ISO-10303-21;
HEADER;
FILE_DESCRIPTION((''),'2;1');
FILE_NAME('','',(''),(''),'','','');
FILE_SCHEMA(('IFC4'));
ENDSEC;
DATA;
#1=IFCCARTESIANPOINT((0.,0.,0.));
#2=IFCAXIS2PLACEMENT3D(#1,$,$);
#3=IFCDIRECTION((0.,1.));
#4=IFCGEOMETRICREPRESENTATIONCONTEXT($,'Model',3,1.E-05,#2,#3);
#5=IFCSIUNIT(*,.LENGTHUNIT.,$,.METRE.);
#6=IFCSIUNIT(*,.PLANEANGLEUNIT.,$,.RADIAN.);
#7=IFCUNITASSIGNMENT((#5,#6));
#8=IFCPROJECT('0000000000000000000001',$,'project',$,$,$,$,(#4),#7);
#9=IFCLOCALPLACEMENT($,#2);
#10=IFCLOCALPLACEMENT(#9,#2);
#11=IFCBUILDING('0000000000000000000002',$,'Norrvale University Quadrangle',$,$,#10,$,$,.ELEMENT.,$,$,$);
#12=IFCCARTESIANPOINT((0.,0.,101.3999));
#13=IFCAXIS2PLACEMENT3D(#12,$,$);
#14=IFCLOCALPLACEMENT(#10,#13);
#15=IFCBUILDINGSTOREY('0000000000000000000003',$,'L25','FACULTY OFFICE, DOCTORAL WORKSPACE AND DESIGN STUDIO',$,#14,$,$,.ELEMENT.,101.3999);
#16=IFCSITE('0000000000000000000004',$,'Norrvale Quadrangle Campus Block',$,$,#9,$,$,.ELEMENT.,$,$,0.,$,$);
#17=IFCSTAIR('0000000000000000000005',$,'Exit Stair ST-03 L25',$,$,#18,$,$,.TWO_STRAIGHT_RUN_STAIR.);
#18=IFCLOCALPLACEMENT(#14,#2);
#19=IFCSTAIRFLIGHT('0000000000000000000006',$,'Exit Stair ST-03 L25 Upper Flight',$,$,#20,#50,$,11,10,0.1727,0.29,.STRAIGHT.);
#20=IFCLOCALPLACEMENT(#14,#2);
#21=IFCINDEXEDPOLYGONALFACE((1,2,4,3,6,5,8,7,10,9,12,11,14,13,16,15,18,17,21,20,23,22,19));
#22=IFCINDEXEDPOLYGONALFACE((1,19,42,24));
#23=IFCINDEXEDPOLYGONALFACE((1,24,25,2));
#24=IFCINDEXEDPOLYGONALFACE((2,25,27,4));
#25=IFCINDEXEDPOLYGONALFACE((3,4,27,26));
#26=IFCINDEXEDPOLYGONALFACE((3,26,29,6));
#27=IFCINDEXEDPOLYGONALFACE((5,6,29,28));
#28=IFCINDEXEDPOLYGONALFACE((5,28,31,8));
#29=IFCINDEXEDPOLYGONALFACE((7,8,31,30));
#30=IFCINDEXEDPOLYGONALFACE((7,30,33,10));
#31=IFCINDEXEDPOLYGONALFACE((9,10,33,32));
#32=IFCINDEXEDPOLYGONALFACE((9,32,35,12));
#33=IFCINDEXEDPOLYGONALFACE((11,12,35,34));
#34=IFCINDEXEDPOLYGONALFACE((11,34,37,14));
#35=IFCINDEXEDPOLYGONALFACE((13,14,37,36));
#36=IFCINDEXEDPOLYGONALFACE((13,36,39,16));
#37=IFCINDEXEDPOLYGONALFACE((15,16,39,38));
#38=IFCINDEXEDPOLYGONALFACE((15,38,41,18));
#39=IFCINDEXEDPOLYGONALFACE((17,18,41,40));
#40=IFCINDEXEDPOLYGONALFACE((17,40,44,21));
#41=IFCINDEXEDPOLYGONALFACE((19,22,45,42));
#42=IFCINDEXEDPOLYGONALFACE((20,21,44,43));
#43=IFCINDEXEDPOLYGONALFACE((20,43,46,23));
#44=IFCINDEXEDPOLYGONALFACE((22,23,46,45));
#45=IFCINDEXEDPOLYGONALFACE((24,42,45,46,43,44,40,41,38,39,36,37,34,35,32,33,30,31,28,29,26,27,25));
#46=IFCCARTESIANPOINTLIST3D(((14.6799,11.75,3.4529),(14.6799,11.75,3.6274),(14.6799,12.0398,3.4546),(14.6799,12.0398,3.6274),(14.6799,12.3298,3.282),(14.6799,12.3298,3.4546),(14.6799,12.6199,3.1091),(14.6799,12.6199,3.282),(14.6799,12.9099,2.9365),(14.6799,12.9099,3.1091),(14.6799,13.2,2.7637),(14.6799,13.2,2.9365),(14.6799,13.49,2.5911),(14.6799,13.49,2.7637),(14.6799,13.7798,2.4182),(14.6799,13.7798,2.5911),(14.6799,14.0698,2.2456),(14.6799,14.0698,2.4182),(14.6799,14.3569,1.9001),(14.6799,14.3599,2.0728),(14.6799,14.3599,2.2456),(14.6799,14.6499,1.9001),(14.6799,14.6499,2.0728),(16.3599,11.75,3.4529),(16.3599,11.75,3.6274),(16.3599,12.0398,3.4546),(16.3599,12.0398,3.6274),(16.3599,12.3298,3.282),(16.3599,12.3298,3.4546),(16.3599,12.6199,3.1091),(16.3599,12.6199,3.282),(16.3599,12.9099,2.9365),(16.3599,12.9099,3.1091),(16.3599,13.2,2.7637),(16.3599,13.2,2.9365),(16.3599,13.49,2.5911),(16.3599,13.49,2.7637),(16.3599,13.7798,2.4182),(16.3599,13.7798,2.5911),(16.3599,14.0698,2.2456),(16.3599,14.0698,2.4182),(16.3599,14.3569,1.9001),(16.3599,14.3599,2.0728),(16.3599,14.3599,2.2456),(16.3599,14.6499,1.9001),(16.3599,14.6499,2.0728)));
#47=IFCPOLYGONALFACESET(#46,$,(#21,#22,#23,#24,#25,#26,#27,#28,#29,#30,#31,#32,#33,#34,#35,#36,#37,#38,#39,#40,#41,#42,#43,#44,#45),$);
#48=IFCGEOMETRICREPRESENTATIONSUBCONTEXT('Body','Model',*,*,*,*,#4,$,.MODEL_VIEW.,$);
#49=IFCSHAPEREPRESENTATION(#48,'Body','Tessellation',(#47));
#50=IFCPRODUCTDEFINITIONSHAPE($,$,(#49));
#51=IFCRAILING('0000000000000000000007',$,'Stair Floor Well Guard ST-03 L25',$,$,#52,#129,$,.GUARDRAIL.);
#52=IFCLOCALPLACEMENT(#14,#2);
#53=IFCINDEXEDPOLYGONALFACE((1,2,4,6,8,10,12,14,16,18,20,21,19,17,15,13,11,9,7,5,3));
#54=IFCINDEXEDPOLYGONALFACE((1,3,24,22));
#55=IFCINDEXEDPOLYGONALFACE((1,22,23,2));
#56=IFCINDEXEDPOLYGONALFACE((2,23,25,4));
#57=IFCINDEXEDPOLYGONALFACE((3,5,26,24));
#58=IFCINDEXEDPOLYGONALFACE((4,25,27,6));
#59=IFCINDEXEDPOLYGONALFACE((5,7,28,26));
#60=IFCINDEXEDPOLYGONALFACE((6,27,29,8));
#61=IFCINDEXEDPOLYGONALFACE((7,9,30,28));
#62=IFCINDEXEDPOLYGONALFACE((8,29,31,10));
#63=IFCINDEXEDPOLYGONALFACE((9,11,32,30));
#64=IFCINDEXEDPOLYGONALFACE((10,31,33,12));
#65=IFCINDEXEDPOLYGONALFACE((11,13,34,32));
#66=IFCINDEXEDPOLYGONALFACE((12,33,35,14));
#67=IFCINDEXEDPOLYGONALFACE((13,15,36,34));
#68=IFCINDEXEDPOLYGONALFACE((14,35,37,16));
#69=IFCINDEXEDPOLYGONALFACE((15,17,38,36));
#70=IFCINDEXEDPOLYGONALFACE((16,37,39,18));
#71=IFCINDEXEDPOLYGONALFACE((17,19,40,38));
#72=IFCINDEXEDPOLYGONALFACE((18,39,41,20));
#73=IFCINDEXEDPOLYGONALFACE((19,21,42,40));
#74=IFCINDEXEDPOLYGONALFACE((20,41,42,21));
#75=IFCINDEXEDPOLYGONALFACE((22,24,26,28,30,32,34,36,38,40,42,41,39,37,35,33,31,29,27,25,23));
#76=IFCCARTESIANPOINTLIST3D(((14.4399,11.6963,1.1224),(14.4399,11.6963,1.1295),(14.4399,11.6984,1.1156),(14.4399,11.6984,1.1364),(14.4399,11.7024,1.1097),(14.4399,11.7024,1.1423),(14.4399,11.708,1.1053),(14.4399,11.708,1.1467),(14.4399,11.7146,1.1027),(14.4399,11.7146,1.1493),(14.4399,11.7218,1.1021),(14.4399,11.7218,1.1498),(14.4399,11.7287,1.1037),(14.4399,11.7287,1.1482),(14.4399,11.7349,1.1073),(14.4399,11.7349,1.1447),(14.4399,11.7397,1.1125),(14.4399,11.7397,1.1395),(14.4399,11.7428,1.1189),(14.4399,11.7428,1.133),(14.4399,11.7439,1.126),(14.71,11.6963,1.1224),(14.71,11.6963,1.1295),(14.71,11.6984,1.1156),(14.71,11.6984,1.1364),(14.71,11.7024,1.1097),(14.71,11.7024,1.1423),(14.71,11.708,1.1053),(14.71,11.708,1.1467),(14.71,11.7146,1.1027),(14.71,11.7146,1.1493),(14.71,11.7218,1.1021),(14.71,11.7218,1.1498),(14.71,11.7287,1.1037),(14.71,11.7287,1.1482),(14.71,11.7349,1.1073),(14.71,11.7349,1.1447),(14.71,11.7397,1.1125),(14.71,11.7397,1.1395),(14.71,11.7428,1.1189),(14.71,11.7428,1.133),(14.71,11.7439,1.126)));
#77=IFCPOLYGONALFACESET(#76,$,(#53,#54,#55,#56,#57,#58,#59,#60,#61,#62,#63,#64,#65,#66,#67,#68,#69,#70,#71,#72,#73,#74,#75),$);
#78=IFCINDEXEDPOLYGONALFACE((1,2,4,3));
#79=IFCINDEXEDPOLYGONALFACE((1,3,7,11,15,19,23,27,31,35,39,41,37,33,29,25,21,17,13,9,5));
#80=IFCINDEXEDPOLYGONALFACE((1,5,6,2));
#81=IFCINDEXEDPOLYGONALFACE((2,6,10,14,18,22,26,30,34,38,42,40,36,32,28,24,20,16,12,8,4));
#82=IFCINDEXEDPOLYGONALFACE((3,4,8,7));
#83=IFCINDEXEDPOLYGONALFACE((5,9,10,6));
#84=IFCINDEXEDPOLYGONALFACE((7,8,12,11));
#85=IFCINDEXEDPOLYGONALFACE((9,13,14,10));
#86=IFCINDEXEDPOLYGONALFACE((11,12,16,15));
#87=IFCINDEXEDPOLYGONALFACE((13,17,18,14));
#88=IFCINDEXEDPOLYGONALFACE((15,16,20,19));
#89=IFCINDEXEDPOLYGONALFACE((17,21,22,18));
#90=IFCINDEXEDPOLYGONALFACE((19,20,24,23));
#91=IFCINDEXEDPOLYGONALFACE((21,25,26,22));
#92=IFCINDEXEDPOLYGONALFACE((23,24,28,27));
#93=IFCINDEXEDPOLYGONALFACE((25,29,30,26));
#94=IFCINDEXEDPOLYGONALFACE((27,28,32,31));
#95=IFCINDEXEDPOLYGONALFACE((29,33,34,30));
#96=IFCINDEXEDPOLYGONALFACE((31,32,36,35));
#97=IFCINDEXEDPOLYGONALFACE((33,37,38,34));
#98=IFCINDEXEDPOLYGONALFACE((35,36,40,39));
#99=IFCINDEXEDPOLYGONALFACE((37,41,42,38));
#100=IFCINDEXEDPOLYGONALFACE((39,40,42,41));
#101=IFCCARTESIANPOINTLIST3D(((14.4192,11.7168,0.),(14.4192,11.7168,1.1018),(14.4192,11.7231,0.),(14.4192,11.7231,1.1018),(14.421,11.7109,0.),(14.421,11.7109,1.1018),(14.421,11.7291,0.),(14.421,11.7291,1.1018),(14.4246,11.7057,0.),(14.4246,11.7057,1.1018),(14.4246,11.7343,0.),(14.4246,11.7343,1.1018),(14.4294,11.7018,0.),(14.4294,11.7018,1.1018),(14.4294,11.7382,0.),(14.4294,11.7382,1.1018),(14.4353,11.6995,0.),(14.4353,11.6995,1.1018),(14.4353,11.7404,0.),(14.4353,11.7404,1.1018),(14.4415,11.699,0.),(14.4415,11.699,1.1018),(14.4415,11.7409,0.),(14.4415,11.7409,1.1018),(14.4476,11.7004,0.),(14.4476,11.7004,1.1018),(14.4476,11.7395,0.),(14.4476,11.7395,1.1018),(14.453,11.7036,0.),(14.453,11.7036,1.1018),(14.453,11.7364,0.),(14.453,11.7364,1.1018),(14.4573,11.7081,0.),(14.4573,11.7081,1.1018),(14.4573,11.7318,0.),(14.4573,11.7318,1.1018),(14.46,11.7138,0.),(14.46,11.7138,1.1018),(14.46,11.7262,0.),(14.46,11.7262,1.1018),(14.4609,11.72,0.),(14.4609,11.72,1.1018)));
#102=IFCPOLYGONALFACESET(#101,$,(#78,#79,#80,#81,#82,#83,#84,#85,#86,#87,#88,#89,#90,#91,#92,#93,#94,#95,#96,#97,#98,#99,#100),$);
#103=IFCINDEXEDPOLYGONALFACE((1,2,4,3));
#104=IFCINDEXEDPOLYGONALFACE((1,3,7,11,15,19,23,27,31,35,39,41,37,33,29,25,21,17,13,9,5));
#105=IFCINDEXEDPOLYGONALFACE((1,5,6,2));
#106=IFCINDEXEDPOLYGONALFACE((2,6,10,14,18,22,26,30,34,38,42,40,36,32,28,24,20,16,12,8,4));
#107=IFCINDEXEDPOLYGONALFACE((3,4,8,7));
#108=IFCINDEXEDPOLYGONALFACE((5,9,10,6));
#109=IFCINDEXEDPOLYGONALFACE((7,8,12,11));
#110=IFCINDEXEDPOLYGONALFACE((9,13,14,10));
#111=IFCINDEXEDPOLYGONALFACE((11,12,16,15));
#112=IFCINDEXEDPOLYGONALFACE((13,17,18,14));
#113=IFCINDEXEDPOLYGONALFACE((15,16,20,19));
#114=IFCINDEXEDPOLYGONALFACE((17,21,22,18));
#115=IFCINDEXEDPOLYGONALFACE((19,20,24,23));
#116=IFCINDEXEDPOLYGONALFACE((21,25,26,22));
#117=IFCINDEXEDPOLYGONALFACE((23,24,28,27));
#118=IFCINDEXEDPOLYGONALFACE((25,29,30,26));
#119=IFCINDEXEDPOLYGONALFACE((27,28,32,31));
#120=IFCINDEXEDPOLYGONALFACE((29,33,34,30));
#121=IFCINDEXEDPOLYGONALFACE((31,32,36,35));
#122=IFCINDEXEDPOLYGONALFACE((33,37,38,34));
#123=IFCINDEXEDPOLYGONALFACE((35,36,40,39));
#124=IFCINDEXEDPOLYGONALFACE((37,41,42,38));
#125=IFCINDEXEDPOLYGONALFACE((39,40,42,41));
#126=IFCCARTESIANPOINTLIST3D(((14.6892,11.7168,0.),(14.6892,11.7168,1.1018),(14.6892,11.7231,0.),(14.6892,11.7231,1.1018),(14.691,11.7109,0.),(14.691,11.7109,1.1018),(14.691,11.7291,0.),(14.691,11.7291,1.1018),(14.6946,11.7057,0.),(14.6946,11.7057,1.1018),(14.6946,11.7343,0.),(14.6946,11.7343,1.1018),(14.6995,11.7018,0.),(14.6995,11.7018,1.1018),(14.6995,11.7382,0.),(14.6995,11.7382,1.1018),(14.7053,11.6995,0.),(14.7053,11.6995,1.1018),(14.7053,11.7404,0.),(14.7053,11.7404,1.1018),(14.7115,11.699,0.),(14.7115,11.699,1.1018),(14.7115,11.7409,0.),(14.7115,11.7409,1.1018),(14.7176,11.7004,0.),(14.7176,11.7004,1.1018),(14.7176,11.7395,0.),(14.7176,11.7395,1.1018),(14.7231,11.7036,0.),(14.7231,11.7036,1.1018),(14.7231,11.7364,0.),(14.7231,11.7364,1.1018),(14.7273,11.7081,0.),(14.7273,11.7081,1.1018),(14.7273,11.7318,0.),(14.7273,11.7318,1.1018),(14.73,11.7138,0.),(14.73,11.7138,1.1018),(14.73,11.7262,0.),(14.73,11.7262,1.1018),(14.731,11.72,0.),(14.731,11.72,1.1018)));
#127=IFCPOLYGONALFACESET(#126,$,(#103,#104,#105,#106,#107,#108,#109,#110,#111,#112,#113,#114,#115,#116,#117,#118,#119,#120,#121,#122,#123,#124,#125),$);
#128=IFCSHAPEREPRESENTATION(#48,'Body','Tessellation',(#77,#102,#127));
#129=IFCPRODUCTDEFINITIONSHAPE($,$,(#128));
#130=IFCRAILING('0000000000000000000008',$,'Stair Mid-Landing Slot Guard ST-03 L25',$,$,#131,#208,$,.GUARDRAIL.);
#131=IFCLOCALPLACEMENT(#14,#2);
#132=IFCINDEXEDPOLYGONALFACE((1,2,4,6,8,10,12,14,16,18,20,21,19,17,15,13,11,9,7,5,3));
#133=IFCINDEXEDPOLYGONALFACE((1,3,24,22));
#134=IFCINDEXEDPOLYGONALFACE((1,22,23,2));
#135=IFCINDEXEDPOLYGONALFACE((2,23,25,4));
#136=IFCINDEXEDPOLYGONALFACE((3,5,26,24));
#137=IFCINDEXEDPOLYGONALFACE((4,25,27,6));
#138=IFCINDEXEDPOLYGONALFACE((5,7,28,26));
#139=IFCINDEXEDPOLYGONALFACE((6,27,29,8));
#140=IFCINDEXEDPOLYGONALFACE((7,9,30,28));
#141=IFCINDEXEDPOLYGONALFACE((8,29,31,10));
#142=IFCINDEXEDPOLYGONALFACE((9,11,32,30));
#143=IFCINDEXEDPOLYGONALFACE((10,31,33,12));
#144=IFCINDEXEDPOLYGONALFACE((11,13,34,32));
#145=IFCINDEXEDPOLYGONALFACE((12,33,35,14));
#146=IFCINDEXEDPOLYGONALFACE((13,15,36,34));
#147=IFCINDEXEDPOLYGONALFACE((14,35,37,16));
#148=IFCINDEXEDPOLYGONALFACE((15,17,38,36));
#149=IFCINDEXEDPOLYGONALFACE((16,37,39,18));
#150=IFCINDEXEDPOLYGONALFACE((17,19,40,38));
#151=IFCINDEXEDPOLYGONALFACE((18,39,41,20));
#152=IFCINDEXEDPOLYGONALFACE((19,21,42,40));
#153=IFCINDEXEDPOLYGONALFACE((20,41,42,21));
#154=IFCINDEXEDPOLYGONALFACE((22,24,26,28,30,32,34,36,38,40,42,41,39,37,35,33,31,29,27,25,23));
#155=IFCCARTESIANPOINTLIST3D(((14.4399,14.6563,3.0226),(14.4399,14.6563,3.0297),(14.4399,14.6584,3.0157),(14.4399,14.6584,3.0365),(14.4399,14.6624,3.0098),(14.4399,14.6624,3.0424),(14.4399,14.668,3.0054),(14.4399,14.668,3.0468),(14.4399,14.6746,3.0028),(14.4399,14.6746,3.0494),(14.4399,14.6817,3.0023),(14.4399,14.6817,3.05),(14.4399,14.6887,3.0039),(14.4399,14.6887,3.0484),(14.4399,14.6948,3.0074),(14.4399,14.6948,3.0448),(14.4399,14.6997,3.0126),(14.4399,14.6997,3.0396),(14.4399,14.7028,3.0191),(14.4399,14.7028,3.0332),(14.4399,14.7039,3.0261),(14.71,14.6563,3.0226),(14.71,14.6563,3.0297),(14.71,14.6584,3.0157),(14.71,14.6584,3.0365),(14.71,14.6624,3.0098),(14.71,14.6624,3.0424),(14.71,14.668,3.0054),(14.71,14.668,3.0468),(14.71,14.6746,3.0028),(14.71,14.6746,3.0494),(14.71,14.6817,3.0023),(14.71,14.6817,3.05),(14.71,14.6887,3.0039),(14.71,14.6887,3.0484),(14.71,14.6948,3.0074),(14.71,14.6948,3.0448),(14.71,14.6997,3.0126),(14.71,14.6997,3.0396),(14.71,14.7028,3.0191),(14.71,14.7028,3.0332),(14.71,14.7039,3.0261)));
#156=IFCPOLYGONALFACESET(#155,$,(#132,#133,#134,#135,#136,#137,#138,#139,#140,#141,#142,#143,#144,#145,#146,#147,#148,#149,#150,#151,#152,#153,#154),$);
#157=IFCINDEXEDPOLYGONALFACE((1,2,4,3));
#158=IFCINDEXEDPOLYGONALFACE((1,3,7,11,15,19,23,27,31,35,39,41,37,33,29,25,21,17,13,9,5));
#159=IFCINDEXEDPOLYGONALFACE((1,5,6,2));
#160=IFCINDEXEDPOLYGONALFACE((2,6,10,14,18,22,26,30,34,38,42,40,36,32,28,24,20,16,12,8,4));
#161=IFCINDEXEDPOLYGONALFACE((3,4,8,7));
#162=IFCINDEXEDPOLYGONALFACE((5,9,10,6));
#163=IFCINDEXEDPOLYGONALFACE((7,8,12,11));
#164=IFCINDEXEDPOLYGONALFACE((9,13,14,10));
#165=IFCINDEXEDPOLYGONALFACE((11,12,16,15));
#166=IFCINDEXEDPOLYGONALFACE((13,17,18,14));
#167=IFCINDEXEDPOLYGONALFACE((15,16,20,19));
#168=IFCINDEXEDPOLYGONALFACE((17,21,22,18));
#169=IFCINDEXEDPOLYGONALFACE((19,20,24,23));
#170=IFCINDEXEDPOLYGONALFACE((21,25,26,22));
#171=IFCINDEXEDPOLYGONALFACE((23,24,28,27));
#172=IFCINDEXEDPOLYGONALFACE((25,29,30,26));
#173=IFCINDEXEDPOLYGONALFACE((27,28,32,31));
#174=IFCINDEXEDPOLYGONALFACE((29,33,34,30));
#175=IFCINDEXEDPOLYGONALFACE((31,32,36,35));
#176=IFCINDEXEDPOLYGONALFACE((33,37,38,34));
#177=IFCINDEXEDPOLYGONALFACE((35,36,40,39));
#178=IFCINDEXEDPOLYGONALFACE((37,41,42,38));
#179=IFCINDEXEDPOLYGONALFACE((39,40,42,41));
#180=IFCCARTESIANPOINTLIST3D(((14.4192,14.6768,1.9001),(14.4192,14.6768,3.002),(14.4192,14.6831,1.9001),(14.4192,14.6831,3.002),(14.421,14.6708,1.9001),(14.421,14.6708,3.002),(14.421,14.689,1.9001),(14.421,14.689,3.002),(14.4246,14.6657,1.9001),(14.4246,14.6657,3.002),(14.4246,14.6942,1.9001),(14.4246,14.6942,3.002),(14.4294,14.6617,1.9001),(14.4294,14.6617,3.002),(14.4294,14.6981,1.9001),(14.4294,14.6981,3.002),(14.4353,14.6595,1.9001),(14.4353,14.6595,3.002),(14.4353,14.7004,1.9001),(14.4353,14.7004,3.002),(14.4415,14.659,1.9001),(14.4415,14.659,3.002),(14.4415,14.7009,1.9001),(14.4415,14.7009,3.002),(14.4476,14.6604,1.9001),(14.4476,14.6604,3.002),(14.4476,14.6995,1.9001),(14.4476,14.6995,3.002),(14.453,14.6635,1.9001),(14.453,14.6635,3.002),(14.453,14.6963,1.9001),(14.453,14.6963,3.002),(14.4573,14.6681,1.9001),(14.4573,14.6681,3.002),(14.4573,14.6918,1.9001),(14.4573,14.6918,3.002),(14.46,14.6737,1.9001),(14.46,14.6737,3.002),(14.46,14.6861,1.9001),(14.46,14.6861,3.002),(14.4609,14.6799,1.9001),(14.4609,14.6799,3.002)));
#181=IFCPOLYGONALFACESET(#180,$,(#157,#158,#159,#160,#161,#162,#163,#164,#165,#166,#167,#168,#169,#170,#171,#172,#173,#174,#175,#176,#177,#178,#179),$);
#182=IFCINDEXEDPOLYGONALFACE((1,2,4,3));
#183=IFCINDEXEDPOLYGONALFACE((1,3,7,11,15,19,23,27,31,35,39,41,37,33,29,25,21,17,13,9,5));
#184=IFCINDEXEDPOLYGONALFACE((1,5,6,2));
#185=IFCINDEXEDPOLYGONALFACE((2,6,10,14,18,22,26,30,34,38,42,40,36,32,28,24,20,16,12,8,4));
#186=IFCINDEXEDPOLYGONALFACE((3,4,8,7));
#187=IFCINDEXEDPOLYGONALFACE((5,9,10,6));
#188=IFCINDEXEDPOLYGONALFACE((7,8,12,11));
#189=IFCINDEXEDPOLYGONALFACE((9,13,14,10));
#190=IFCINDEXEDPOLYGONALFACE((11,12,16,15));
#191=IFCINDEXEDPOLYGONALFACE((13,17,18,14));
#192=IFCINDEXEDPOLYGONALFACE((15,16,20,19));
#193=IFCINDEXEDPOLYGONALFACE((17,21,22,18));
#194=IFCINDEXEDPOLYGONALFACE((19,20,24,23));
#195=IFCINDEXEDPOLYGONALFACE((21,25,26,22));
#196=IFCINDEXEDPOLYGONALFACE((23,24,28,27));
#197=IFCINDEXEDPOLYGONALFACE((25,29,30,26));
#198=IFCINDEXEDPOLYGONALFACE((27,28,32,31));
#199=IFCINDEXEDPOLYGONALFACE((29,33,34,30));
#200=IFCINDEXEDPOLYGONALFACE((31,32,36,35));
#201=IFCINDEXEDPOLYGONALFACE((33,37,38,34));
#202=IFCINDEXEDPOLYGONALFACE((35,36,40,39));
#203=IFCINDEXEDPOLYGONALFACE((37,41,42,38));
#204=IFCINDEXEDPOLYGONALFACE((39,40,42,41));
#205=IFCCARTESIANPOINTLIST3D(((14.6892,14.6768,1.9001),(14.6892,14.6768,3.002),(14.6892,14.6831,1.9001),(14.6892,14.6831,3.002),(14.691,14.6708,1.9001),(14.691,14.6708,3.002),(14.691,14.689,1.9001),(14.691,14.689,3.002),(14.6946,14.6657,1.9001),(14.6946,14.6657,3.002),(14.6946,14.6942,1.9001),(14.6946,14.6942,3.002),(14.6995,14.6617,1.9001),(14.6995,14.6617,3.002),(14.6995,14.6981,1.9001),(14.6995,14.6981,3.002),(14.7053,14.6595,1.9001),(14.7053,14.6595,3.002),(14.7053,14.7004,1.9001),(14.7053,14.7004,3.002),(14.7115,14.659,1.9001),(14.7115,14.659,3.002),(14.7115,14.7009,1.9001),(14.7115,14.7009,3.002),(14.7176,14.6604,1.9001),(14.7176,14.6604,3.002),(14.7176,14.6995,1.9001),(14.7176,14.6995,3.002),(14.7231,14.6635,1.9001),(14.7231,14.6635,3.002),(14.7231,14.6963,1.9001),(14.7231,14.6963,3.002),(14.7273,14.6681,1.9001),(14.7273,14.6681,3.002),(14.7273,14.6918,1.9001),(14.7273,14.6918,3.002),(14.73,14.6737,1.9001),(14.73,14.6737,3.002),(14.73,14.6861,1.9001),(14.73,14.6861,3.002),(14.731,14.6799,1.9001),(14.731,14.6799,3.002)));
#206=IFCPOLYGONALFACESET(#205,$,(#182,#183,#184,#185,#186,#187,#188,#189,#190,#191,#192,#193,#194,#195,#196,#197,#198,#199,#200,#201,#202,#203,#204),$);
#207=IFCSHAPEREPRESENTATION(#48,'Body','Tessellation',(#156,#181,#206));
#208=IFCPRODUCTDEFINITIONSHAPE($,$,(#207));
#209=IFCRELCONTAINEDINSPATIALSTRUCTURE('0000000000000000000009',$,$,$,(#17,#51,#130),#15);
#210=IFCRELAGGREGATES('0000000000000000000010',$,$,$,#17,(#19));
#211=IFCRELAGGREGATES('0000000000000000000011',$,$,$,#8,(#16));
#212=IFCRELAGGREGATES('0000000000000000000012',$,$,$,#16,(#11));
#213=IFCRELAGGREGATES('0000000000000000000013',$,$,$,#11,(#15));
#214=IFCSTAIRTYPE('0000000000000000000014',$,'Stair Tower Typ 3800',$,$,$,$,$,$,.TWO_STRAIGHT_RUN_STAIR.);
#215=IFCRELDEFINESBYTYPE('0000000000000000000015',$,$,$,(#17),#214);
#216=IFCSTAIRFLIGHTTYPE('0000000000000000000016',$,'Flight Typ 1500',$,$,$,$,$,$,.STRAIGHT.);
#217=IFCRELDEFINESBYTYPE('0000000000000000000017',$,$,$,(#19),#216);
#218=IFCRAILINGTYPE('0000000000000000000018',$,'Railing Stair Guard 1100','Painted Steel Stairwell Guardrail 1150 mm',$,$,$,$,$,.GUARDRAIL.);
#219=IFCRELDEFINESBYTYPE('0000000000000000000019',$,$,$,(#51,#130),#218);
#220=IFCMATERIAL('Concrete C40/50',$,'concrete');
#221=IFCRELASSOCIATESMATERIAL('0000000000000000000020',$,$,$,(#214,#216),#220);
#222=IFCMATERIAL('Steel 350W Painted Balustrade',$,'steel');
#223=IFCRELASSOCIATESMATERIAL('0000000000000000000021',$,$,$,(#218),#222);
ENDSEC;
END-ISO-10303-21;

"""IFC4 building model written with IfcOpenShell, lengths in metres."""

from ifc_helpers import new_model, si_unit, direction, frame, origin, origin_2d, place, context, subcontext, project, spatial, polyline, circle, outline, extrude, material, type_object, element, aggregate, save


model = new_model("IFC4")

# Units and contexts
model_context = context("Model", 3, precision=1e-05, world=origin(), true_north=direction((0.0, 1.0)))
body_context = subcontext(model_context, "Body", "Model", "MODEL_VIEW")
ifc_project = project(units=[si_unit("LENGTHUNIT", "METRE"), si_unit("PLANEANGLEUNIT", "RADIAN")], contexts=[model_context])

# Site, building, storey
site_placement = place(None, origin())
site = spatial("IfcSite", under=ifc_project, at=site_placement, Name="Norrvale Quadrangle Campus Block", CompositionType="ELEMENT", RefElevation=0.0)
building_placement = place(site_placement, origin())
building = spatial("IfcBuilding", under=site, at=building_placement, Name="Norrvale University Quadrangle", CompositionType="ELEMENT")
storey_placement = place(building_placement, frame((0.0, 0.0, 101.3999)))
storey = spatial("IfcBuildingStorey", under=building, at=storey_placement, Name="L25", Description="FACULTY OFFICE, DOCTORAL WORKSPACE AND DESIGN STUDIO", CompositionType="ELEMENT", Elevation=101.3999)

# Stair, stair flight
ifc_material_1 = material(Name="Concrete C40/50", Category="concrete")
stair_type = type_object("IfcStairType", Name="Stair Tower Typ 3800", PredefinedType="TWO_STRAIGHT_RUN_STAIR", material=ifc_material_1)
stair_placement = place(storey_placement, origin())
stair = element("IfcStair", 1, at=stair_placement, inside=storey, type_object=stair_type, Name="Exit Stair ST-03 L25", PredefinedType="TWO_STRAIGHT_RUN_STAIR")
stair_flight_type = type_object("IfcStairFlightType", Name="Flight Typ 1500", PredefinedType="STRAIGHT", material=ifc_material_1)
stair_flight_1_placement = place(storey_placement, frame((15.52, 14.6499, 1.9001), z_axis=(0.0, 0.0, 1.0), x_axis=(0.0, -1.0, 0.0)))
stair_flight_1 = element("IfcStairFlight", 2, at=stair_flight_1_placement, type_object=stair_flight_type, Name="Exit Stair ST-03 L25 Upper Flight", NumberOfRisers=11, NumberOfTreads=10, PredefinedType="STRAIGHT", RiserHeight=0.1727, TreadLength=0.29, context=body_context, shape_type="SweptSolid", body=[
    extrude(outline(polyline([(0.0, 0.0), (0.0, 0.1726), (0.29, 0.1726), (0.29, 0.3455), (0.5801, 0.3455), (0.5801, 0.5181), (0.8701, 0.5181), (0.8701, 0.6909), (1.1599, 0.6909), (1.1599, 0.8635), (1.45, 0.8635), (1.45, 1.0364), (1.74, 1.0364), (1.74, 1.209), (2.03, 1.209), (2.03, 1.3818), (2.3201, 1.3818), (2.3201, 1.5544), (2.6101, 1.5544), (2.6101, 1.7273), (2.8999, 1.7273), (2.8999, 1.8999), (2.8999, 1.5527), (0.293, 0.0), (0.0, 0.0)])), frame((0.0, 0.8398, 0.0), z_axis=(0.0, -1.0, 0.0), x_axis=(1.0, 0.0, 0.0)), (0.0, 0.0, 1.0), 1.6799),
])
aggregate(stair, [stair_flight_1])

# Railings
ifc_material_2 = material(Name="Steel 350W Painted Balustrade", Category="steel")
railing_type_1 = type_object("IfcRailingType", Name="Railing Stair Guard 1100", Description="Painted Steel Stairwell Guardrail 1150 mm", PredefinedType="GUARDRAIL", material=ifc_material_2)
for number, where, name in (
    (3, (14.4399, 11.72, 0.0), "Stair Floor Well Guard ST-03 L25"),
    (4, (14.4399, 14.6799, 1.9001), "Stair Mid-Landing Slot Guard ST-03 L25"),
):
    element("IfcRailing", number, at=place(storey_placement, frame(where)), inside=storey, type_object=railing_type_1, Name=name, PredefinedType="GUARDRAIL", context=body_context, shape_type="SweptSolid", body=[
        extrude(circle(Radius=0.0239, at=origin_2d()), frame((0.0, 0.0, 1.126), z_axis=(1.0, 0.0, 0.0), x_axis=(0.0, 1.0, 0.0)), (0.0, 0.0, 1.0), 0.27),
        extrude(circle(Radius=0.021, at=origin_2d()), origin(), (0.0, 0.0, 1.0), 1.1018),
        extrude(circle(Radius=0.021, at=origin_2d()), frame((0.27, 0.0, 0.0)), (0.0, 0.0, 1.0), 1.1018),
    ])

save(model, "model.ifc")
